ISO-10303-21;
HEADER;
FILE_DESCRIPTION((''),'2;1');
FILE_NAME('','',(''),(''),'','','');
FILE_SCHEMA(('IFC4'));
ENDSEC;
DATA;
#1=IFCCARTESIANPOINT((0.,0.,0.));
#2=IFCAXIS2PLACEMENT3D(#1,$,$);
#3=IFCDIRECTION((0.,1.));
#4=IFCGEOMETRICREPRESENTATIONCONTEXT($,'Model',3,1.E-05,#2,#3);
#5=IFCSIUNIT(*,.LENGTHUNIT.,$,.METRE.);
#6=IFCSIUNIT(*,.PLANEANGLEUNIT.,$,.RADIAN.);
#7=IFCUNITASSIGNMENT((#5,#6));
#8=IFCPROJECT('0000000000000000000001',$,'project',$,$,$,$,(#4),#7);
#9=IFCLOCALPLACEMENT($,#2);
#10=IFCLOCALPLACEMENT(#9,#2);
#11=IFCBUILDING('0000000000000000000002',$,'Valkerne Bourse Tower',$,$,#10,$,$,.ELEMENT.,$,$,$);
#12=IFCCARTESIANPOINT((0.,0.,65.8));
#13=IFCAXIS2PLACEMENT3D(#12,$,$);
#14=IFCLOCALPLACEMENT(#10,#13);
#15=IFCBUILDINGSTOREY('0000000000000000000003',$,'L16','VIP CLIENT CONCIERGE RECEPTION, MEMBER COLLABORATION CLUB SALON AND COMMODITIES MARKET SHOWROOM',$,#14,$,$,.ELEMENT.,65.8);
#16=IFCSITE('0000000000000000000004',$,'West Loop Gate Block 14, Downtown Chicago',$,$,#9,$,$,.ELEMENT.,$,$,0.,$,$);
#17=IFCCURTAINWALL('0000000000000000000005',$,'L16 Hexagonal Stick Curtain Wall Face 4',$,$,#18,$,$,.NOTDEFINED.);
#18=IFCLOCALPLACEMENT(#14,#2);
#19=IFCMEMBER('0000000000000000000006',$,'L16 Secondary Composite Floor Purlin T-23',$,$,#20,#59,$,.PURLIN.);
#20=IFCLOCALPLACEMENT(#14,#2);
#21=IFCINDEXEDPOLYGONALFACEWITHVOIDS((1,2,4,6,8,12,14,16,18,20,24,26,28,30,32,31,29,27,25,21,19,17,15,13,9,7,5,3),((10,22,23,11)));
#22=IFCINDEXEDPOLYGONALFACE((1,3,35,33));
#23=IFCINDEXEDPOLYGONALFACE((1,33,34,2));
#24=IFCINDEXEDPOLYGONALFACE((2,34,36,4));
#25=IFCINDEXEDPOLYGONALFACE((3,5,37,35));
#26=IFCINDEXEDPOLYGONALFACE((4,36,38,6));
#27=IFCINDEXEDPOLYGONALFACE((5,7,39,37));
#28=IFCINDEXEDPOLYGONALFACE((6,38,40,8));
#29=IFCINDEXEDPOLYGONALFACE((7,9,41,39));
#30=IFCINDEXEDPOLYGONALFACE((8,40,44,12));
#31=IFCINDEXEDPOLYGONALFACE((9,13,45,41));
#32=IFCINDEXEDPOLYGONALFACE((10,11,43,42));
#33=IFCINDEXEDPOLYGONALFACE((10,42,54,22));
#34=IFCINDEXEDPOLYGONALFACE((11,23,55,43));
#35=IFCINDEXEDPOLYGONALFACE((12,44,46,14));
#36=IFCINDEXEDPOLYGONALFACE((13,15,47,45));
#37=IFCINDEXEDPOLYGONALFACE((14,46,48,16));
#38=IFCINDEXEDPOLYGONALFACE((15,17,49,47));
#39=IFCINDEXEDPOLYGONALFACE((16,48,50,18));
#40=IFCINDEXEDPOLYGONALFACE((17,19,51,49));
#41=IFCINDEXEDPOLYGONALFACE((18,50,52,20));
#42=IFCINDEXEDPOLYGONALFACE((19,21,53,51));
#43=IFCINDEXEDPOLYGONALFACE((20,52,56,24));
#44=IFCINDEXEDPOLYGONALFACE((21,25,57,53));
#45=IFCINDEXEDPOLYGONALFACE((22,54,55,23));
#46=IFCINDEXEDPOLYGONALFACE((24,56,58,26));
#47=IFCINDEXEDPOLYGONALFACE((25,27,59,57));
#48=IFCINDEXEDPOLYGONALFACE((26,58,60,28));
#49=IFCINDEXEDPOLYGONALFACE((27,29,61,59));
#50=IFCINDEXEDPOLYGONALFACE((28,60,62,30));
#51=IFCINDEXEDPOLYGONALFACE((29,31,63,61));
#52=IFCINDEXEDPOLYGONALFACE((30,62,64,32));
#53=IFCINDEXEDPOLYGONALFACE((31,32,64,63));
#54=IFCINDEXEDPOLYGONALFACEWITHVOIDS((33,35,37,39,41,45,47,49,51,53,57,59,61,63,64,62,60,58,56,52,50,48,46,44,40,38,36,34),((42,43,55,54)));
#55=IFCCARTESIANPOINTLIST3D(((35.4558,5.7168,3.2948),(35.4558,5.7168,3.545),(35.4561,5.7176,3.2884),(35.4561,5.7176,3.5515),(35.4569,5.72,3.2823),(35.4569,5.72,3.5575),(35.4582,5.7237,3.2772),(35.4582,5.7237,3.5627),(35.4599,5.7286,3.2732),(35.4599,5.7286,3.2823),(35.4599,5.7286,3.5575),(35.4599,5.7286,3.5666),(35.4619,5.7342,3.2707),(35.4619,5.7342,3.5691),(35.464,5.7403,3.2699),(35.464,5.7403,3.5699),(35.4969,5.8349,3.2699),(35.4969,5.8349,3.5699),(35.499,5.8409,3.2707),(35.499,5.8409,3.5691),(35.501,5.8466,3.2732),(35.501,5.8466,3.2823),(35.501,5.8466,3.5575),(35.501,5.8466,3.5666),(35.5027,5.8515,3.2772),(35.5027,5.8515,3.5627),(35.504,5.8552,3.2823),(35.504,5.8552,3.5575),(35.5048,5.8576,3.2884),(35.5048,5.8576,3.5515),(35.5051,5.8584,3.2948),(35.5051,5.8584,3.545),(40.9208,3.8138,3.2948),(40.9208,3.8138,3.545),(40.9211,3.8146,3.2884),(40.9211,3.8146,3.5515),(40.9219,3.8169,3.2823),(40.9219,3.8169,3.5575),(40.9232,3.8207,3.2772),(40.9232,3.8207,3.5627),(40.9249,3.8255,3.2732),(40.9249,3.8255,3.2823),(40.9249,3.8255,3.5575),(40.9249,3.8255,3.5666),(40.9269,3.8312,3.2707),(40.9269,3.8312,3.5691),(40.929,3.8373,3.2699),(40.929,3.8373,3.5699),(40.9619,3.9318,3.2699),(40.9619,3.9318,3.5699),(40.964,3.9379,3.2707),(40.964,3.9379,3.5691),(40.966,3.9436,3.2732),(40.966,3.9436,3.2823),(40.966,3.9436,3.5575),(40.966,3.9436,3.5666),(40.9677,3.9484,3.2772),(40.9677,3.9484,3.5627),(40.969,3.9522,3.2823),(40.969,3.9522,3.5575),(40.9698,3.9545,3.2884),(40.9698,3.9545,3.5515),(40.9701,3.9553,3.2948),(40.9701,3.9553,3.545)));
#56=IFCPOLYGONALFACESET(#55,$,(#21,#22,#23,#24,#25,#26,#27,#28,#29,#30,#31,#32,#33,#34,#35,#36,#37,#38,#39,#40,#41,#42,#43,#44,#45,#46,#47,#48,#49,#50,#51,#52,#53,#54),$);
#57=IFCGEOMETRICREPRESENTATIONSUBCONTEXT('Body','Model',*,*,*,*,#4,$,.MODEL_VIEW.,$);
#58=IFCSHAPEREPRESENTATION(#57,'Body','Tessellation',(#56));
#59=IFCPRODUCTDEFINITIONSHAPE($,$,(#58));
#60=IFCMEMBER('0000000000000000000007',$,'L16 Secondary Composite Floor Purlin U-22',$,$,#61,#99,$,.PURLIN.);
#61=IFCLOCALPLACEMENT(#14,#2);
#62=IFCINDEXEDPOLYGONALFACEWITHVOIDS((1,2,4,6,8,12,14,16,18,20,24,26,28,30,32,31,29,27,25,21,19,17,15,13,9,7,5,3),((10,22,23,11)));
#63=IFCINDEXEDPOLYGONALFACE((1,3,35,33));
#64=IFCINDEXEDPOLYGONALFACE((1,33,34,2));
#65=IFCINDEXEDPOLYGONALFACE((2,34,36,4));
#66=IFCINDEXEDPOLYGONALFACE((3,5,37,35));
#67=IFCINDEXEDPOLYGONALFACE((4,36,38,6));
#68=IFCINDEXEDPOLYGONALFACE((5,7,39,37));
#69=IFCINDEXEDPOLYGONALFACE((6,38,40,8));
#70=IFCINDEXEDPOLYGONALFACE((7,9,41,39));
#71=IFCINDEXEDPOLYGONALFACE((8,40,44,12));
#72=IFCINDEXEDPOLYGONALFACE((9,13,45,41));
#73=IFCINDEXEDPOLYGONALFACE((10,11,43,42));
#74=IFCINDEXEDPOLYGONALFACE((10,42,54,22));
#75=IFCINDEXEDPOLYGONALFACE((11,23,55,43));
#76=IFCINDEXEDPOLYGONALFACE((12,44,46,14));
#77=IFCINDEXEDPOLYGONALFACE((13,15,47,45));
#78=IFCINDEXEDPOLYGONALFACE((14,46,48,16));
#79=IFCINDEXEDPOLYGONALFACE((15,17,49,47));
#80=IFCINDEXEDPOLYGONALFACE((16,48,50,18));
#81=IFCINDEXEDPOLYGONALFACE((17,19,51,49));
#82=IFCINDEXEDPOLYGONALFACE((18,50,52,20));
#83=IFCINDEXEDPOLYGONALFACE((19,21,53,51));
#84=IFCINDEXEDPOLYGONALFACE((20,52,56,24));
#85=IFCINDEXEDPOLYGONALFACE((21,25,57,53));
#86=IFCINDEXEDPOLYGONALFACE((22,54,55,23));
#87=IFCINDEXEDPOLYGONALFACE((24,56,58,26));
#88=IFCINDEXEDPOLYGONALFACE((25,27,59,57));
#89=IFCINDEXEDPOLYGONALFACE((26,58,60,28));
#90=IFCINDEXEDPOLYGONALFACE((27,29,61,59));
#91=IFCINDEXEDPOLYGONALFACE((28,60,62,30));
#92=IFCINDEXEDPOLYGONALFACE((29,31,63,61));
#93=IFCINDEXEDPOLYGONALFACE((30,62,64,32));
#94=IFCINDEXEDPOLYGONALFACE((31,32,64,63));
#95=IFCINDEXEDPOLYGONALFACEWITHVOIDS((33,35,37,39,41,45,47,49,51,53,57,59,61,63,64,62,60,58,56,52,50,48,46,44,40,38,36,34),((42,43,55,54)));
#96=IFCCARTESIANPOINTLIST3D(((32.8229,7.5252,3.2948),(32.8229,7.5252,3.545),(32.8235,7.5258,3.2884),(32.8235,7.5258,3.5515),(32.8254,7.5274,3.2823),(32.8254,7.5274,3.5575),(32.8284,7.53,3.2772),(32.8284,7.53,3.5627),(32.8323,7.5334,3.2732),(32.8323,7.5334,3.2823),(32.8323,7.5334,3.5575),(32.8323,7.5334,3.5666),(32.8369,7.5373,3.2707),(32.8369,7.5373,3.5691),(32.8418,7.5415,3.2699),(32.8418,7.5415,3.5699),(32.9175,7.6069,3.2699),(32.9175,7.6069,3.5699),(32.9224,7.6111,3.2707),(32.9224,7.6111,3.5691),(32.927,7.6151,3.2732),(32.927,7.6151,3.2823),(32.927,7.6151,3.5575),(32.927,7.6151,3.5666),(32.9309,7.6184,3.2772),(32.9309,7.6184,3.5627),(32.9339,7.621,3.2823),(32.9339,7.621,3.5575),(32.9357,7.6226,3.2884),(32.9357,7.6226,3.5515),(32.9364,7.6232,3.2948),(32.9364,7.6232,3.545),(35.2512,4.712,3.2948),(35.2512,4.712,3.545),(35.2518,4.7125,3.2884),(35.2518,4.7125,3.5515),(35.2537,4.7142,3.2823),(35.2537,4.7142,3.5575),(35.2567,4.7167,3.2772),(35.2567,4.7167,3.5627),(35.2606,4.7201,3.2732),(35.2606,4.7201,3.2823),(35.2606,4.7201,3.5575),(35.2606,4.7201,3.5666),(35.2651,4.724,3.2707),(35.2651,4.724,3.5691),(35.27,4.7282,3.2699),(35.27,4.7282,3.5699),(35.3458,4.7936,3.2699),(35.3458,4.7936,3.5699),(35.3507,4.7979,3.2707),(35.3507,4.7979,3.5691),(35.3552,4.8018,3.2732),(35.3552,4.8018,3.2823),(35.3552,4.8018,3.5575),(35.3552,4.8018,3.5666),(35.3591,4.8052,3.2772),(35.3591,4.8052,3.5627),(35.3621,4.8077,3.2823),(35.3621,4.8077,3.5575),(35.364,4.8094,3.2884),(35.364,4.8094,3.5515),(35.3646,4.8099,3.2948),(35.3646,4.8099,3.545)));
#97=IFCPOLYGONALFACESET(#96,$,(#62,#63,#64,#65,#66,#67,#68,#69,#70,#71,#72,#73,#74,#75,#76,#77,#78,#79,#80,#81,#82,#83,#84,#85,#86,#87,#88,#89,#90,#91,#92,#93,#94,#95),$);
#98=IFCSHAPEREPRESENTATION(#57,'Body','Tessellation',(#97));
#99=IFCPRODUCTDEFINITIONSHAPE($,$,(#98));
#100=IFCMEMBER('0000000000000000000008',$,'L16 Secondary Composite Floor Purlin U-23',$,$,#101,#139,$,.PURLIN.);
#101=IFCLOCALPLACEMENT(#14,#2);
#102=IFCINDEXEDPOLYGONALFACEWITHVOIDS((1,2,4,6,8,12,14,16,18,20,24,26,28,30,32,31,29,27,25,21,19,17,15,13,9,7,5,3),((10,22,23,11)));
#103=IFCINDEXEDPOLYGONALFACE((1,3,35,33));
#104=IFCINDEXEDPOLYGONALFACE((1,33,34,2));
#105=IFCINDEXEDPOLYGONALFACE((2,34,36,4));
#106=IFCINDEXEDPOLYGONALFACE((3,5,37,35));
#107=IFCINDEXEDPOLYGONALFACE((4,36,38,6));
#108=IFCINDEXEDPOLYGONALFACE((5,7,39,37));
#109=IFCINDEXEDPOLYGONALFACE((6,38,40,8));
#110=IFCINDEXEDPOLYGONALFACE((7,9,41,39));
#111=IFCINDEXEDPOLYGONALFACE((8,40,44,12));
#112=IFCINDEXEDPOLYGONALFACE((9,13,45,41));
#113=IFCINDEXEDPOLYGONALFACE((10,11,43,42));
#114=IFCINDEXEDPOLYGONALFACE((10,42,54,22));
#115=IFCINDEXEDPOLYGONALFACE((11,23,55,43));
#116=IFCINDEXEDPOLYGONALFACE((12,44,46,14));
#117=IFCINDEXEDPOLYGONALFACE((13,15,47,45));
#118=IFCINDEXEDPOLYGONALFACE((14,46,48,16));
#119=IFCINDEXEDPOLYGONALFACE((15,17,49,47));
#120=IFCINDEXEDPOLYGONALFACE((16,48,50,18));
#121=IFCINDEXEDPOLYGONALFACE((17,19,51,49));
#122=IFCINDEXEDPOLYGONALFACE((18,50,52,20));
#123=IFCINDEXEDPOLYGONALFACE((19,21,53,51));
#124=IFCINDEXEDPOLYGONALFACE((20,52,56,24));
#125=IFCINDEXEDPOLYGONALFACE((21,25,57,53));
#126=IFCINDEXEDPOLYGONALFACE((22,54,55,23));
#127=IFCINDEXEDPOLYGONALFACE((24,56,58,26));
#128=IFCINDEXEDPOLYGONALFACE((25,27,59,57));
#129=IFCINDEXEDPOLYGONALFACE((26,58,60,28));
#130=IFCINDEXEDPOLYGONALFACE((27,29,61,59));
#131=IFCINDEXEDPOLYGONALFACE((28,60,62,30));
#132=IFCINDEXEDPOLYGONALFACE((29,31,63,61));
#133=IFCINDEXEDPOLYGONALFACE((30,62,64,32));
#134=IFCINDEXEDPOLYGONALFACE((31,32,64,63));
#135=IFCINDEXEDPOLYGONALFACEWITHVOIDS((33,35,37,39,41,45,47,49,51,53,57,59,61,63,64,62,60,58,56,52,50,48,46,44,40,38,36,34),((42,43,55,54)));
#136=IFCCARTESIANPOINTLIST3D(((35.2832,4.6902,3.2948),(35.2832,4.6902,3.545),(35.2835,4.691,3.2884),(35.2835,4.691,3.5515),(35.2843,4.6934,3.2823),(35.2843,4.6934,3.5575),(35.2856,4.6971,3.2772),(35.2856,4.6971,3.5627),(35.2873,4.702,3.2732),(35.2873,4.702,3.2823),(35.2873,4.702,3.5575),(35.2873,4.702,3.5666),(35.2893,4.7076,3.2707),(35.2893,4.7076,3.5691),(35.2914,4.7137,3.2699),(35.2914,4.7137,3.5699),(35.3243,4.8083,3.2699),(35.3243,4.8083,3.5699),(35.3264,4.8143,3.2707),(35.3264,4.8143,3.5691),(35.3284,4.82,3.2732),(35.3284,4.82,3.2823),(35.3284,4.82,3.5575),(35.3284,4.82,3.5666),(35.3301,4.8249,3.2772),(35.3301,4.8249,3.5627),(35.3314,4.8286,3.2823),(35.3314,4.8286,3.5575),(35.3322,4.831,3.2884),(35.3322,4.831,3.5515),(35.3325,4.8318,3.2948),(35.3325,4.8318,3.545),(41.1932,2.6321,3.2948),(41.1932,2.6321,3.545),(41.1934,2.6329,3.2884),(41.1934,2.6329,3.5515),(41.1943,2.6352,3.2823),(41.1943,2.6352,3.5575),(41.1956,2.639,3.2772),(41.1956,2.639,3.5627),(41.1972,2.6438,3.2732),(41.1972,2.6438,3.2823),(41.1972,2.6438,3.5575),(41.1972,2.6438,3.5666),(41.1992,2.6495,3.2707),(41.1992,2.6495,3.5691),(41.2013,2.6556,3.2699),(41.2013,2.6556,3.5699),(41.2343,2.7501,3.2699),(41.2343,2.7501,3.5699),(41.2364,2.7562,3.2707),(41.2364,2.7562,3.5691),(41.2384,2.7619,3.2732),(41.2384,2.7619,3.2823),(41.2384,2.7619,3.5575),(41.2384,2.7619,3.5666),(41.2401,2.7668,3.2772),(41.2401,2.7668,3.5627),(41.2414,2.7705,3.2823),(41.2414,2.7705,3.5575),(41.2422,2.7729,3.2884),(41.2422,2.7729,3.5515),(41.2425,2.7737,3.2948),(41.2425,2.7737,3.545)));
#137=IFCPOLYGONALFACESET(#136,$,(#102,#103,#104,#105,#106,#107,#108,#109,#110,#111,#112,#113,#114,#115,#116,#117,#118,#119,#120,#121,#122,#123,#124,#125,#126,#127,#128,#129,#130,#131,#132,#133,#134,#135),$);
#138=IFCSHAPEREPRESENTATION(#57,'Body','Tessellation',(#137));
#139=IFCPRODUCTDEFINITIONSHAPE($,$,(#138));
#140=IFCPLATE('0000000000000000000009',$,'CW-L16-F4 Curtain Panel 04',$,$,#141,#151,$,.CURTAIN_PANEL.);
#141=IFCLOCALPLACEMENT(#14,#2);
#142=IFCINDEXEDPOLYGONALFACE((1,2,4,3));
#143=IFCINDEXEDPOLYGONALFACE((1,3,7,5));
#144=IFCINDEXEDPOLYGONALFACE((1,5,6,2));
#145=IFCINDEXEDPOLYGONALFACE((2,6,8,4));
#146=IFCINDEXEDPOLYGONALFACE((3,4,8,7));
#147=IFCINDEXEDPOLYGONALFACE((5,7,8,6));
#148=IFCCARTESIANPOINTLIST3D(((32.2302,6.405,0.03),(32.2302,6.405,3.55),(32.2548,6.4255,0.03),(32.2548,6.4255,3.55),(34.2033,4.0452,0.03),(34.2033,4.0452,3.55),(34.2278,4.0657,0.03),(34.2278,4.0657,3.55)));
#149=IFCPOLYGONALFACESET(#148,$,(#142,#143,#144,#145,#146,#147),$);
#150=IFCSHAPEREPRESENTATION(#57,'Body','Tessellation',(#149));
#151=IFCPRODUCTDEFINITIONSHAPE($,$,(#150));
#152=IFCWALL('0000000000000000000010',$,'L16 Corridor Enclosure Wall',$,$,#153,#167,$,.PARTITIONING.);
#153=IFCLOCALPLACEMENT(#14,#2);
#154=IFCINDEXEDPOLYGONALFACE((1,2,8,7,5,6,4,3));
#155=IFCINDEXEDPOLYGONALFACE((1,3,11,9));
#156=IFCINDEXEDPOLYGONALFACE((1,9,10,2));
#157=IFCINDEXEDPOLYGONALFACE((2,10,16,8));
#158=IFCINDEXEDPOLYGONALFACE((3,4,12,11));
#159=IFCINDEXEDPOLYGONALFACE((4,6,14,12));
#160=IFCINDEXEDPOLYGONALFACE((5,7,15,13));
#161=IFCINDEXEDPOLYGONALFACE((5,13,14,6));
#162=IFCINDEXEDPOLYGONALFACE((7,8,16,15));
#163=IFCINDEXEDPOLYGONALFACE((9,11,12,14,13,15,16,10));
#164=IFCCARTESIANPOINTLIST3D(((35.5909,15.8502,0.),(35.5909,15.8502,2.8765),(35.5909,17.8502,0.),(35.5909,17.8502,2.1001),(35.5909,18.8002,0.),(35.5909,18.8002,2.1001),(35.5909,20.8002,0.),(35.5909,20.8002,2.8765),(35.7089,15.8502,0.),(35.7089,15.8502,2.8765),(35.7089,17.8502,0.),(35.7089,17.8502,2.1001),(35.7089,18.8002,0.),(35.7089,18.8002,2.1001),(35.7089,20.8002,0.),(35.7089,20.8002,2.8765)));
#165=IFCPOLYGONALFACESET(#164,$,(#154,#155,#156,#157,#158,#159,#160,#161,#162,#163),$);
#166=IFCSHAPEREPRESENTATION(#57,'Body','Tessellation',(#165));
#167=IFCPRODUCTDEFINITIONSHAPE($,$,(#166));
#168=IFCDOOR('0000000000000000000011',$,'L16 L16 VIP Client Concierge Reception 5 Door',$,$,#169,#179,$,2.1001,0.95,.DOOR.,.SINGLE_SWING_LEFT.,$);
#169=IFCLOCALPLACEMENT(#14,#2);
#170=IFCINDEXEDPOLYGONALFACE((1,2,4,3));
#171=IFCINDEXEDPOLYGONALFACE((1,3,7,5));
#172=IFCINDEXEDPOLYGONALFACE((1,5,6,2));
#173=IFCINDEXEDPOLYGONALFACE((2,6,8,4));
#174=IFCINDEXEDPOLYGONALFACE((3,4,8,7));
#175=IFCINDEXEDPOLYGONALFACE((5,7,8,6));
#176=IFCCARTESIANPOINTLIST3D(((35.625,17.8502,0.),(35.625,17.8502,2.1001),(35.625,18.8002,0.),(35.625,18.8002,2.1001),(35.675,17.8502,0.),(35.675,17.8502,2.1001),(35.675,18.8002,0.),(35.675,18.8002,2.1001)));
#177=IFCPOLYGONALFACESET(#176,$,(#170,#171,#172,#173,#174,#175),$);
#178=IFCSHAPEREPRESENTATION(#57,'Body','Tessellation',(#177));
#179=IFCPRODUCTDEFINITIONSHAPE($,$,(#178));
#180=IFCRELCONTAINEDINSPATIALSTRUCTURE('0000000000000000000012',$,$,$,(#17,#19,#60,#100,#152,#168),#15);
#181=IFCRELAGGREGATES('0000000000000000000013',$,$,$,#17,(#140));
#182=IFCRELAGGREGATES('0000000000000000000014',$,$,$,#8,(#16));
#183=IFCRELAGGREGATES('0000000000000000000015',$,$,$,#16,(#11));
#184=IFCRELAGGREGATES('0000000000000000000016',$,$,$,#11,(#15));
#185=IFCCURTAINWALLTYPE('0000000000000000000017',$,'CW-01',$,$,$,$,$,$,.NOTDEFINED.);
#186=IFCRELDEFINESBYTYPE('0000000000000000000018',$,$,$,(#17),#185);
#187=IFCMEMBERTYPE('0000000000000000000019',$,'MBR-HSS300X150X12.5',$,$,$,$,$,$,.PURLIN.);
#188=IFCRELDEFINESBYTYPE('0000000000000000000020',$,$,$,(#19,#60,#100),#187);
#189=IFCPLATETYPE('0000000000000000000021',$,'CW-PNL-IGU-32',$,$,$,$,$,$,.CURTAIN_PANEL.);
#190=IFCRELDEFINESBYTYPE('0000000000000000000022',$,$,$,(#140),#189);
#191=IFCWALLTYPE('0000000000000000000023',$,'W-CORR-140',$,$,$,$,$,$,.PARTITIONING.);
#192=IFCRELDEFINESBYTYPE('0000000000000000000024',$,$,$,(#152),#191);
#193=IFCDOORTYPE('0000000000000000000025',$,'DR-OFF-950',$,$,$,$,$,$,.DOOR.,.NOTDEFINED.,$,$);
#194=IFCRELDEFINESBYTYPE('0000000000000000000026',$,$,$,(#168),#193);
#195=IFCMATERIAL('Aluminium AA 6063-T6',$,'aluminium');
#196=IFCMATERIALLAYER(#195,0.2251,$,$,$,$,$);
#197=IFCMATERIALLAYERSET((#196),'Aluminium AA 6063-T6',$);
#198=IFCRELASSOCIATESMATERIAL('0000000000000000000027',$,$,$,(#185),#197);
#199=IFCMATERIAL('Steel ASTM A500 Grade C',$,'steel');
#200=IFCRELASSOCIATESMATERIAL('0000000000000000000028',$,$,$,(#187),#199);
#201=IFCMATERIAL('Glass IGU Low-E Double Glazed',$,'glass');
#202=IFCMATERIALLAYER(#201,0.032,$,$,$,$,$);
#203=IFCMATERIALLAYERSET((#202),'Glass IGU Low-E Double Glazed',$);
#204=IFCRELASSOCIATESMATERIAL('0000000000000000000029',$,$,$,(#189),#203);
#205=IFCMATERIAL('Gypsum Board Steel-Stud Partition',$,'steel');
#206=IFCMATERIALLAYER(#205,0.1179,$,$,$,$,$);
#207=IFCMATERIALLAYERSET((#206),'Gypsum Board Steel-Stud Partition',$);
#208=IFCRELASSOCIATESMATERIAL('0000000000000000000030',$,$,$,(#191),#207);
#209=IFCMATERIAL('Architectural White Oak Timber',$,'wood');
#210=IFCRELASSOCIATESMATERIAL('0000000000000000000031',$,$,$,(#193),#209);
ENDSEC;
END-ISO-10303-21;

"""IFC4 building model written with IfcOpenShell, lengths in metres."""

from ifc_helpers import new_model, si_unit, direction, frame, frame_2d, origin, origin_2d, place, context, subcontext, project, spatial, rectangle, hollow_rectangle, extrude, material, layer, layer_set, material_profile, profile_set, type_object, element, fill, aggregate, save


model = new_model("IFC4")

# Units and contexts
model_context = context("Model", 3, precision=1e-05, world=origin(), true_north=direction((0.0, 1.0)))
body_context = subcontext(model_context, "Body", "Model", "MODEL_VIEW")
ifc_project = project(units=[si_unit("LENGTHUNIT", "METRE"), si_unit("PLANEANGLEUNIT", "RADIAN")], contexts=[model_context])

# Site, building, storey
site_placement = place(None, origin())
site = spatial("IfcSite", under=ifc_project, at=site_placement, Name="West Loop Gate Block 14, Downtown Chicago", CompositionType="ELEMENT", RefElevation=0.0)
building_placement = place(site_placement, origin())
building = spatial("IfcBuilding", under=site, at=building_placement, Name="Valkerne Bourse Tower", CompositionType="ELEMENT")
storey_placement = place(building_placement, frame((0.0, 0.0, 65.8)))
storey = spatial("IfcBuildingStorey", under=building, at=storey_placement, Name="L16", Description="VIP CLIENT CONCIERGE RECEPTION, MEMBER COLLABORATION CLUB SALON AND COMMODITIES MARKET SHOWROOM", CompositionType="ELEMENT", Elevation=65.8)

# Curtain wall
ifc_material_1 = material(Name="Aluminium AA 6063-T6", Category="aluminium")
ifc_layer_1 = layer(ifc_material_1, 0.2251)
ifc_layer_set_1 = layer_set([ifc_layer_1], Name="Aluminium AA 6063-T6")
curtain_wall_type = type_object("IfcCurtainWallType", Name="CW-01", PredefinedType="NOTDEFINED", material=ifc_layer_set_1)
curtain_wall_placement = place(storey_placement, origin())
curtain_wall = element("IfcCurtainWall", 1, at=curtain_wall_placement, inside=storey, type_object=curtain_wall_type, Name="L16 Hexagonal Stick Curtain Wall Face 4", PredefinedType="NOTDEFINED")

# Members
ifc_material_2 = material(Name="Steel ASTM A500 Grade C", Category="steel")
ifc_material_profile_1 = material_profile(ifc_material_2, hollow_rectangle(XDim=0.1499, YDim=0.3, WallThickness=0.0125, OuterFilletRadius=0.0249, at=origin_2d()), Name="HSS300X150X12.5")
ifc_profile_set_1 = profile_set([ifc_material_profile_1], Name="Steel ASTM A500 Grade C")
member_type_1 = type_object("IfcMemberType", Name="MBR-HSS300X150X12.5", PredefinedType="PURLIN", material=ifc_profile_set_1)
member_1_placement = place(storey_placement, frame((35.4805, 5.7876, 3.4199), z_axis=(0.94438, -0.328856, 0.0), x_axis=(0.328856, 0.94438, 0.0)))
element("IfcMember", 2, at=member_1_placement, inside=storey, type_object=member_type_1, Name="L16 Secondary Composite Floor Purlin T-23", PredefinedType="PURLIN", context=body_context, shape_type="SweptSolid", body=[
    extrude(hollow_rectangle(XDim=0.1499, YDim=0.3, WallThickness=0.0125, OuterFilletRadius=0.0249, at=origin_2d()), origin(), (0.0, 0.0, 1.0), 5.7869),
])
member_2_placement = place(storey_placement, frame((32.8796, 7.5742, 3.4199), z_axis=(0.653406, -0.757008, 0.0), x_axis=(0.757008, 0.653406, 0.0)))
element("IfcMember", 3, at=member_2_placement, inside=storey, type_object=member_type_1, Name="L16 Secondary Composite Floor Purlin U-22", PredefinedType="PURLIN", context=body_context, shape_type="SweptSolid", body=[
    extrude(hollow_rectangle(XDim=0.1499, YDim=0.3, WallThickness=0.0125, OuterFilletRadius=0.0249, at=origin_2d()), origin(), (0.0, 0.0, 1.0), 3.7163),
])
member_3_placement = place(storey_placement, frame((35.3079, 4.761, 3.4199), z_axis=(0.944374, -0.328875, 0.0), x_axis=(0.328875, 0.944374, 0.0)))
element("IfcMember", 4, at=member_3_placement, inside=storey, type_object=member_type_1, Name="L16 Secondary Composite Floor Purlin U-23", PredefinedType="PURLIN", context=body_context, shape_type="SweptSolid", body=[
    extrude(hollow_rectangle(XDim=0.1499, YDim=0.3, WallThickness=0.0125, OuterFilletRadius=0.0249, at=origin_2d()), origin(), (0.0, 0.0, 1.0), 6.2581),
])

# Plate
ifc_material_3 = material(Name="Glass IGU Low-E Double Glazed", Category="glass")
ifc_layer_2 = layer(ifc_material_3, 0.032)
ifc_layer_set_2 = layer_set([ifc_layer_2], Name="Glass IGU Low-E Double Glazed")
plate_type = type_object("IfcPlateType", Name="CW-PNL-IGU-32", PredefinedType="CURTAIN_PANEL", material=ifc_layer_set_2)
plate_placement = place(storey_placement, frame((33.229, 5.2354, 0.03), z_axis=(0.0, 0.0, 1.0), x_axis=(0.641444, -0.76717, 0.0)))
plate = element("IfcPlate", 5, at=plate_placement, type_object=plate_type, Name="CW-L16-F4 Curtain Panel 04", PredefinedType="CURTAIN_PANEL", context=body_context, shape_type="SweptSolid", body=[
    extrude(rectangle(XDim=3.0759, YDim=0.032, at=origin_2d()), origin(), (0.0, 0.0, 1.0), 3.52),
])
aggregate(curtain_wall, [plate])

# Wall, opening, door
ifc_material_4 = material(Name="Gypsum Board Steel-Stud Partition", Category="steel")
ifc_layer_3 = layer(ifc_material_4, 0.1179)
ifc_layer_set_3 = layer_set([ifc_layer_3], Name="Gypsum Board Steel-Stud Partition")
wall_type = type_object("IfcWallType", Name="W-CORR-140", PredefinedType="PARTITIONING", material=ifc_layer_set_3)
wall_placement = place(storey_placement, frame((35.6499, 15.8501, 0.0), z_axis=(0.0, 0.0, 1.0), x_axis=(0.0, 1.0, 0.0)))
wall = element("IfcWall", 6, at=wall_placement, inside=storey, type_object=wall_type, Name="L16 Corridor Enclosure Wall", PredefinedType="PARTITIONING", context=body_context, shape_type="SweptSolid", body=[
    extrude(rectangle(XDim=4.95, YDim=0.1179, at=frame_2d((2.4751, 0.0))), origin(), (0.0, 0.0, 1.0), 2.8765),
])
opening_placement = place(wall_placement, frame((2.0, 0.0, 0.0)))
opening = element("IfcOpeningElement", 7, at=opening_placement, cuts=wall, PredefinedType="OPENING", context=body_context, shape_type="SweptSolid", body=[
    extrude(rectangle(XDim=0.95, YDim=2.1001, at=frame_2d((0.4751, 1.05))), frame((0.0, 0.0688, 0.0), z_axis=(0.0, -1.0, 0.0), x_axis=(1.0, 0.0, 0.0)), (0.0, 0.0, 1.0), 0.1379),
])
ifc_material_5 = material(Name="Architectural White Oak Timber", Category="wood")
door_type = type_object("IfcDoorType", Name="DR-OFF-950", OperationType="NOTDEFINED", PredefinedType="DOOR", material=ifc_material_5)
door_placement = place(opening_placement, origin())
door = element("IfcDoor", 8, at=door_placement, inside=storey, type_object=door_type, Name="L16 L16 VIP Client Concierge Reception 5 Door", OperationType="SINGLE_SWING_LEFT", OverallHeight=2.1001, OverallWidth=0.95, PredefinedType="DOOR", context=body_context, shape_type="SweptSolid", body=[
    extrude(rectangle(XDim=0.95, YDim=2.1001, at=frame_2d((0.4751, 1.05))), frame((0.0, 0.0249, 0.0), z_axis=(0.0, -1.0, 0.0), x_axis=(1.0, 0.0, 0.0)), (0.0, 0.0, 1.0), 0.05),
])
fill(opening, door)

save(model, "model.ifc")
